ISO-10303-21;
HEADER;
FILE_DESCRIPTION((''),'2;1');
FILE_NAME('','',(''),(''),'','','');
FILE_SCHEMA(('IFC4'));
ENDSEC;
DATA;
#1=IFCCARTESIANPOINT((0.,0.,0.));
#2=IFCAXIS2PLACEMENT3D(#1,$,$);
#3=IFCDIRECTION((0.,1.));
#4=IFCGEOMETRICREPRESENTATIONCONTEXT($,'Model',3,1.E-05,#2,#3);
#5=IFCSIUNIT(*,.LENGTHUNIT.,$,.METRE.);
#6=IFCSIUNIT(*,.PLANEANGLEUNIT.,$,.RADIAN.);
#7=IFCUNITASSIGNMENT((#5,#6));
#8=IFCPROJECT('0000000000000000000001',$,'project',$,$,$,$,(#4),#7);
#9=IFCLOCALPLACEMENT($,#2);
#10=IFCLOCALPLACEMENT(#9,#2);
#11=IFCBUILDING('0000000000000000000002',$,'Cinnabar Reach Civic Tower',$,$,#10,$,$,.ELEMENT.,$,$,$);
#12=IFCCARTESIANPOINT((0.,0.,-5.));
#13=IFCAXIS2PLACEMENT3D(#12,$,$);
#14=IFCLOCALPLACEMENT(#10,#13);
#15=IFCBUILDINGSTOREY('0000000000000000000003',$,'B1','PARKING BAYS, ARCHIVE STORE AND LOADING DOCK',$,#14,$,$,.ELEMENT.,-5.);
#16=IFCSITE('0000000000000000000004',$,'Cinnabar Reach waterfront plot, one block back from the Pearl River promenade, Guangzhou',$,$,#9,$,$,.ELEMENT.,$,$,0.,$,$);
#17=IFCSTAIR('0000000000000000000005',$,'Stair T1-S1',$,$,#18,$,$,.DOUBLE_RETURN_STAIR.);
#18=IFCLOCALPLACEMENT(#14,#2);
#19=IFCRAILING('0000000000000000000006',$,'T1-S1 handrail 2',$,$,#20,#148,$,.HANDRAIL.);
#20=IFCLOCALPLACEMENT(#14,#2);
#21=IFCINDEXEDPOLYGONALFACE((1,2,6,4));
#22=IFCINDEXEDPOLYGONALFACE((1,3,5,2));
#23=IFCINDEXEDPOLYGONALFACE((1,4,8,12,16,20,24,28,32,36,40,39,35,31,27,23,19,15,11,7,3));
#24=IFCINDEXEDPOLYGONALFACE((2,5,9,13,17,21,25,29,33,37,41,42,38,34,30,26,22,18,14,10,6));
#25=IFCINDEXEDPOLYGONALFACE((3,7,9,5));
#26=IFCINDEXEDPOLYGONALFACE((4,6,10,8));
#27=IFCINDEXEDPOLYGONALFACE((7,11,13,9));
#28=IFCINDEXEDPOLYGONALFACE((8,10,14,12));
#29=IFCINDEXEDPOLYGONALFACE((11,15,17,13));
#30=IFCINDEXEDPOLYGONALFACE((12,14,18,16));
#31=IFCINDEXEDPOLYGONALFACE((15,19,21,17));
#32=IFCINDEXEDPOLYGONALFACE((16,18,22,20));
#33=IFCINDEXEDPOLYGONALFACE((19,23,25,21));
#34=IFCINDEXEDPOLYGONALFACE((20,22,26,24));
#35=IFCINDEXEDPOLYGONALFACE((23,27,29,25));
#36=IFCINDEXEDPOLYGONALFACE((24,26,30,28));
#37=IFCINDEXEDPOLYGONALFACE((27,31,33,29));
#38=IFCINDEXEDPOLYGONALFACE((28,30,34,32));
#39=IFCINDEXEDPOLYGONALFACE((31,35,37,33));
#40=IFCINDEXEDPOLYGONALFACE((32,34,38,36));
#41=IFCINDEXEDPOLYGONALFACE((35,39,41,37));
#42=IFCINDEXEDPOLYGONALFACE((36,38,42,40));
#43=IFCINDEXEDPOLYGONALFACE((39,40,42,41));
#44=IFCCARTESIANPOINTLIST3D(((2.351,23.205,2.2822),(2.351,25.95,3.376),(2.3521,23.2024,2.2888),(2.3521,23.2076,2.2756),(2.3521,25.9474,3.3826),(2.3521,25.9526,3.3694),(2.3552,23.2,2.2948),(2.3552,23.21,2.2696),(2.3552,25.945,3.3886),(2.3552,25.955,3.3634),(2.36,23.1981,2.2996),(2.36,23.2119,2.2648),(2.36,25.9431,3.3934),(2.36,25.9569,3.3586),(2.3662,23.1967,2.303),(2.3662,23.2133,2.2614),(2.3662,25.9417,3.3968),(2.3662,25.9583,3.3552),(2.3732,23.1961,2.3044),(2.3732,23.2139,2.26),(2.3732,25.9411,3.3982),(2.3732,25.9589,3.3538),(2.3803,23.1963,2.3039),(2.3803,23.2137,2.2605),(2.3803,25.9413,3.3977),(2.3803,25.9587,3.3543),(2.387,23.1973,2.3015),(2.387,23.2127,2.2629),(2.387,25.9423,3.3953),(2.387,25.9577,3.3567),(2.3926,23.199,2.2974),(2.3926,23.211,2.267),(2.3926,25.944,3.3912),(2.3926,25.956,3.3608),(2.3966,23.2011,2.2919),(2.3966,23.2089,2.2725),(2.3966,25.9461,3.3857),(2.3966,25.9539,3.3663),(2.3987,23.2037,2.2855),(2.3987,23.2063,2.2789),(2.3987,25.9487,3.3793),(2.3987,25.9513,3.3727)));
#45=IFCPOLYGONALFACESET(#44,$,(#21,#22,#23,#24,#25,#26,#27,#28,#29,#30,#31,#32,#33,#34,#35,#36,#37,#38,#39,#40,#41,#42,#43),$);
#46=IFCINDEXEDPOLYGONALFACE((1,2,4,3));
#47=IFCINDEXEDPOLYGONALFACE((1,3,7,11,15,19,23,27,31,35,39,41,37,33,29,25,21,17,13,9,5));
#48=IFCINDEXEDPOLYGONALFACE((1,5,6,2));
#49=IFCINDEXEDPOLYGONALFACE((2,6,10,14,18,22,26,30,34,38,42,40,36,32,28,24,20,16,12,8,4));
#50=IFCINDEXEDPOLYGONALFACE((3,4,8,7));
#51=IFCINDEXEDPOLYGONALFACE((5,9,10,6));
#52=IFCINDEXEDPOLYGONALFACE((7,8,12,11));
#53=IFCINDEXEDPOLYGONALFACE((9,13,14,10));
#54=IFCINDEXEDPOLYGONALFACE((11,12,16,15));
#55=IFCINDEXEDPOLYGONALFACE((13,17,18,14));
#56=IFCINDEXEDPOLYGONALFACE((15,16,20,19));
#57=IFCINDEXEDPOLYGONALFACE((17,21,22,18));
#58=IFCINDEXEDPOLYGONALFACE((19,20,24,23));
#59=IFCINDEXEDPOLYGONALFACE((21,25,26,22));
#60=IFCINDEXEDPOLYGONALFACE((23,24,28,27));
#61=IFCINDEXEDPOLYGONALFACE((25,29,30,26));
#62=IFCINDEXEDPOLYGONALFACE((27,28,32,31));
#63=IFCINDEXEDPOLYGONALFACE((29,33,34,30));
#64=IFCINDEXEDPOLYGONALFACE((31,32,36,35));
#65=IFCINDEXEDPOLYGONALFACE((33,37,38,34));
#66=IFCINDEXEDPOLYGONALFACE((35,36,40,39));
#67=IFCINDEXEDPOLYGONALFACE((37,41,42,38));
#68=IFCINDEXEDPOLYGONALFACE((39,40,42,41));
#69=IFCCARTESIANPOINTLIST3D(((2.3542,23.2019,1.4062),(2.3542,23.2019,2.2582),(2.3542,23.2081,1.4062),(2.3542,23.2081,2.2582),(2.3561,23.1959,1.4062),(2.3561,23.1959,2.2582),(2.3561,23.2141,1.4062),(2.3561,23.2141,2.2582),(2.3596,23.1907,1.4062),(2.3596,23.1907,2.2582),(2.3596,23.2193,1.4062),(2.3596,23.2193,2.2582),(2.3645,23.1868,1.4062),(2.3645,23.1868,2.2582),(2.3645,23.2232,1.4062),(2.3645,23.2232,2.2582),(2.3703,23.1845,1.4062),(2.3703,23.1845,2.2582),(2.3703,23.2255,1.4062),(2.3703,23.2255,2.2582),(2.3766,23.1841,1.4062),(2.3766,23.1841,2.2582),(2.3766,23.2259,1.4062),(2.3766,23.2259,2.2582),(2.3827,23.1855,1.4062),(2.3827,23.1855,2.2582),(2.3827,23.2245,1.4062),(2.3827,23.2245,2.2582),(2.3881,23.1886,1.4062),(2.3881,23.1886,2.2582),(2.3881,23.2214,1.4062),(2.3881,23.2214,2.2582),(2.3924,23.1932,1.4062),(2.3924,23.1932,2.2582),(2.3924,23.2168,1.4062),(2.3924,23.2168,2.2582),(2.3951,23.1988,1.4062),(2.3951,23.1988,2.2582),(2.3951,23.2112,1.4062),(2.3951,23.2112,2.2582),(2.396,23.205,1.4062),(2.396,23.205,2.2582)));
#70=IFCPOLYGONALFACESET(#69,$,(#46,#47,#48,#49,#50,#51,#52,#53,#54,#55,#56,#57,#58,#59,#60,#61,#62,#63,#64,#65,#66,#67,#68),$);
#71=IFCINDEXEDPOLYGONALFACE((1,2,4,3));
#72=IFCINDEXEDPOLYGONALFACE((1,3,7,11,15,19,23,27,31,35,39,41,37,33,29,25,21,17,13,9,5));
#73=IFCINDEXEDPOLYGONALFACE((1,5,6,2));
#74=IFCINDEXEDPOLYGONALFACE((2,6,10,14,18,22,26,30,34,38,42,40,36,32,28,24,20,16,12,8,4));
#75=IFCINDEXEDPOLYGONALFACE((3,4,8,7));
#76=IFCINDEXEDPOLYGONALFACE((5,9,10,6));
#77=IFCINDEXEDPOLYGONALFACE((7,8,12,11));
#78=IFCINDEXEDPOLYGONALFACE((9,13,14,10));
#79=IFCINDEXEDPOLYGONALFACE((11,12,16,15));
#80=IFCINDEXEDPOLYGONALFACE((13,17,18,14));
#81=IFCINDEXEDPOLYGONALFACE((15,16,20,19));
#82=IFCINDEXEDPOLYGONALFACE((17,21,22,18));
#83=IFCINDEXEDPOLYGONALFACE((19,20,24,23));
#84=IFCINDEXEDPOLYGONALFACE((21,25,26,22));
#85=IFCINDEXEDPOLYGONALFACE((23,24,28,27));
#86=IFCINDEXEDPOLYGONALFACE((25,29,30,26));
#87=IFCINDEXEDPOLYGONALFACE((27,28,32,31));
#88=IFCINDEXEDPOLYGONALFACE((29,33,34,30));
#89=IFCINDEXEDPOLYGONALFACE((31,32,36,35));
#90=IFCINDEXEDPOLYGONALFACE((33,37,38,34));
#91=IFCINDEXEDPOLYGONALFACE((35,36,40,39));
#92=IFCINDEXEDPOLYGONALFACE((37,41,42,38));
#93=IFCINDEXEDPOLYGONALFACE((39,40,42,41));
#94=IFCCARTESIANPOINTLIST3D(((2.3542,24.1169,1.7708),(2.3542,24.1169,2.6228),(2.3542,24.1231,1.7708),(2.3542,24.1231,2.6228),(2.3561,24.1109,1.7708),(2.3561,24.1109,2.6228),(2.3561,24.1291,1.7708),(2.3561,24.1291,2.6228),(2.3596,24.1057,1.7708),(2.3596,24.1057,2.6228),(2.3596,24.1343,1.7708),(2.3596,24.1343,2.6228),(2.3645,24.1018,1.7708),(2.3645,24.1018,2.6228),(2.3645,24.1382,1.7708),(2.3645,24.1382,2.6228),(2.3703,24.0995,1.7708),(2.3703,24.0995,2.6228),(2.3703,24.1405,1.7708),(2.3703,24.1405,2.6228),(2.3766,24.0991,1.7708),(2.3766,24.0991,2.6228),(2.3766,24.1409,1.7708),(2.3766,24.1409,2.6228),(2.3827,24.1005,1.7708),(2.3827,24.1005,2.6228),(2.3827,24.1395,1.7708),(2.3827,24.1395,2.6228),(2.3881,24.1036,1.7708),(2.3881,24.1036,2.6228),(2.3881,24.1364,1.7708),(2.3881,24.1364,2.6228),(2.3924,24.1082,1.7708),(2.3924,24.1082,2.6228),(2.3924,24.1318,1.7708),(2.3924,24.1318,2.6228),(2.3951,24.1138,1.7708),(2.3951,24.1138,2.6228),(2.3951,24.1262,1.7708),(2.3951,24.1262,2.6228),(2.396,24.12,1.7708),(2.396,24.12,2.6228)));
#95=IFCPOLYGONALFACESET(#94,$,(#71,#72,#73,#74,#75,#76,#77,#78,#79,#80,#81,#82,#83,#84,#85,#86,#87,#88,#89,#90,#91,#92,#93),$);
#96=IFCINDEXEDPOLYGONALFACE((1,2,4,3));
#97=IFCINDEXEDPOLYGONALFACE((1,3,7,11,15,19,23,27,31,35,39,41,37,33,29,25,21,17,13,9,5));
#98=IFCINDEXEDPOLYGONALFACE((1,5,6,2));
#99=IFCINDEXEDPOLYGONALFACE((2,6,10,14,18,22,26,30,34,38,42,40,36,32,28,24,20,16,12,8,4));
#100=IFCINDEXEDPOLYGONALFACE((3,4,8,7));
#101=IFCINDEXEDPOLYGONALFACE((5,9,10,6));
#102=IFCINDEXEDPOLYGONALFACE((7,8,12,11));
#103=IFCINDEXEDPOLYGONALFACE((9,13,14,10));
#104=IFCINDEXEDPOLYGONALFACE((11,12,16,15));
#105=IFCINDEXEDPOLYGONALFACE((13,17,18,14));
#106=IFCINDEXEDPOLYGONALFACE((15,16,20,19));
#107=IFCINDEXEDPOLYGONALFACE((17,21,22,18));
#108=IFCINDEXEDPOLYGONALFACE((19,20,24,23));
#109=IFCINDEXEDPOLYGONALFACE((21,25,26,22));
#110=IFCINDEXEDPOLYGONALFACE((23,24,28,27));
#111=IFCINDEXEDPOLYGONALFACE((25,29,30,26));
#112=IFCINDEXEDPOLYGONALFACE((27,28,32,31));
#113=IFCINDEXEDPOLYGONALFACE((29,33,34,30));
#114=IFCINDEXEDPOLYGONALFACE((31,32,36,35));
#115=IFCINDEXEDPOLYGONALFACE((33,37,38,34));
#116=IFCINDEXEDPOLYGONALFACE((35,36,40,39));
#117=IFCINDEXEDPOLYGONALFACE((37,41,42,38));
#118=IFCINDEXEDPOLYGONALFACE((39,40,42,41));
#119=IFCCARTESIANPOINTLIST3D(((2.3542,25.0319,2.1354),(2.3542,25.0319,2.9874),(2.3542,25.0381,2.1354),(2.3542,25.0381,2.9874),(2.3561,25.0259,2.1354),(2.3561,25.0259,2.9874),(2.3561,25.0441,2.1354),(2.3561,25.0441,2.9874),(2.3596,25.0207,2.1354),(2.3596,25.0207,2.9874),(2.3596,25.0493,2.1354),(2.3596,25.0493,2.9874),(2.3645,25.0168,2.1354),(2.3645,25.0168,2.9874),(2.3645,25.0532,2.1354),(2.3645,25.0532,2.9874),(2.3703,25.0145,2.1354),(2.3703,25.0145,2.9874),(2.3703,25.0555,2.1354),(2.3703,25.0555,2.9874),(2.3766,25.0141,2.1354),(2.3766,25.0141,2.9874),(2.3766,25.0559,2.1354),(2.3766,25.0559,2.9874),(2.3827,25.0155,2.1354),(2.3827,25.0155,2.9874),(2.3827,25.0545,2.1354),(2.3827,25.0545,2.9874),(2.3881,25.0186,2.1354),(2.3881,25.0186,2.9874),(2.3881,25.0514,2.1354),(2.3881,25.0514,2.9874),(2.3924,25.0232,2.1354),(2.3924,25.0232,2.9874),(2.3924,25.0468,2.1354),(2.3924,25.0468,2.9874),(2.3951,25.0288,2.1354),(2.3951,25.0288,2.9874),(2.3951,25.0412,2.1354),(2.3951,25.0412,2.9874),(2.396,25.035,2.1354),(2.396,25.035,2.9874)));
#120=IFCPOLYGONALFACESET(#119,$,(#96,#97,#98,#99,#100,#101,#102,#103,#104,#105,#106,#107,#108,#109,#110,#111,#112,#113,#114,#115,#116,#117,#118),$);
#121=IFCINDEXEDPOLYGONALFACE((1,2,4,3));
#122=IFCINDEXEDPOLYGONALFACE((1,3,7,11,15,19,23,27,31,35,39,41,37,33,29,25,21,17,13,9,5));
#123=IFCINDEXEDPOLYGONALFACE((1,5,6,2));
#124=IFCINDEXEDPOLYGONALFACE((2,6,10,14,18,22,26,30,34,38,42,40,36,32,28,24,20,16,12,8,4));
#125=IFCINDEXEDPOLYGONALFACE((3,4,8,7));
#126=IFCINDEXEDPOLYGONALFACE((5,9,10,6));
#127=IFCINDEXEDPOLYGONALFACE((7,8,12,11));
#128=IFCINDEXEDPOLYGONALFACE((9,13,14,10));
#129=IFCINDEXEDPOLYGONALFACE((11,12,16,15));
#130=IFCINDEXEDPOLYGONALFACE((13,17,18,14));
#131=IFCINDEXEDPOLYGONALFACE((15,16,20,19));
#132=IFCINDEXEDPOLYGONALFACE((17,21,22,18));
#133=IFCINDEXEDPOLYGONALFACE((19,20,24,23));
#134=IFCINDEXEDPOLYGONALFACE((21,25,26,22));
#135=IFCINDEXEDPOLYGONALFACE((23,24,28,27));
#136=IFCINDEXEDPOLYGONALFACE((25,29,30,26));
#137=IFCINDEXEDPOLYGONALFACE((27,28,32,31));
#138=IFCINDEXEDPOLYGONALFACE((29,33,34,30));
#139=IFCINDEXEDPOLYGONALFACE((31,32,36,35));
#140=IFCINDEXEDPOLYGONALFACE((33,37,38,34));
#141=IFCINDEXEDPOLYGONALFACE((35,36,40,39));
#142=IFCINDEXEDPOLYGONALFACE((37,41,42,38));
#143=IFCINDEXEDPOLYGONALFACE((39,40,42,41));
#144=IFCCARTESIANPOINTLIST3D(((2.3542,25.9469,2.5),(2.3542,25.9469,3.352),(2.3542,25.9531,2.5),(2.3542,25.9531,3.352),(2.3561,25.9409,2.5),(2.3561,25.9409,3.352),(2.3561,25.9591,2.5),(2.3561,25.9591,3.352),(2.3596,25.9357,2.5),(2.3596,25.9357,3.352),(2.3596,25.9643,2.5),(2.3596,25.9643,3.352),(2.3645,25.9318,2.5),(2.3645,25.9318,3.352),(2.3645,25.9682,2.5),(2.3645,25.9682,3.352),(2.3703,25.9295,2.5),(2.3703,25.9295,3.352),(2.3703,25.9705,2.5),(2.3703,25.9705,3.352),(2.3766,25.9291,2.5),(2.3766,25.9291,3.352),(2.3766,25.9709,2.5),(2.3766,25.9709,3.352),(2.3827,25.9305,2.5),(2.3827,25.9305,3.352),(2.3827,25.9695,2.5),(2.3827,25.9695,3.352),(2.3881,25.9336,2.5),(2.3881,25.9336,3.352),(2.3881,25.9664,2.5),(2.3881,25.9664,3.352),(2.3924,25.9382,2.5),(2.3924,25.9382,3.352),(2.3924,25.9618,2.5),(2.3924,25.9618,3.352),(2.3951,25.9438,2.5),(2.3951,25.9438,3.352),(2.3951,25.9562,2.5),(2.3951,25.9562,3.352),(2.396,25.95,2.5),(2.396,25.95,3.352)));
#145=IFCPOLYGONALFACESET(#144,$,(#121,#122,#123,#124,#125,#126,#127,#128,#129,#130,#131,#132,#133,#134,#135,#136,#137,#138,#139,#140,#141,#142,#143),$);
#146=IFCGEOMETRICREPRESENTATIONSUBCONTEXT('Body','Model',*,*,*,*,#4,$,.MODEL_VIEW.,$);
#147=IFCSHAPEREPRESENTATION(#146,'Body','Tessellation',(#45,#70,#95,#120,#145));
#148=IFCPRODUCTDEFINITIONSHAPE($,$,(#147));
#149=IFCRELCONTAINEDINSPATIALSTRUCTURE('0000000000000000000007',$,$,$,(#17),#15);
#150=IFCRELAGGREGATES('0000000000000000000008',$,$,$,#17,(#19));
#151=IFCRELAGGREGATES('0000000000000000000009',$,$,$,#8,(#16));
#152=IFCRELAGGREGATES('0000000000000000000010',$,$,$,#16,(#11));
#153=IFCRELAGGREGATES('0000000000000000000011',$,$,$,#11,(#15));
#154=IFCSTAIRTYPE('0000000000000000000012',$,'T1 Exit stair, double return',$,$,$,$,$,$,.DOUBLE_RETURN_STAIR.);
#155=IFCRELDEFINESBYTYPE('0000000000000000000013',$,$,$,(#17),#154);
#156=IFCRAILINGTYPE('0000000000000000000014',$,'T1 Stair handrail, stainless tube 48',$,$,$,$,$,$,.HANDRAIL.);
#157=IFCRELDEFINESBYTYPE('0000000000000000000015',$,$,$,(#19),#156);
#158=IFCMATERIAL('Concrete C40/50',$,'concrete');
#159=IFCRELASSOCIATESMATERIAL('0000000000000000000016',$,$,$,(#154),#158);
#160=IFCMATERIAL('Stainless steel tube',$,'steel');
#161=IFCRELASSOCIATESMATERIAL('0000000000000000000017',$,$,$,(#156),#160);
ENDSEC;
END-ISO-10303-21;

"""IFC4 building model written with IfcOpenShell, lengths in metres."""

from ifc_helpers import new_model, si_unit, direction, frame, origin, origin_2d, place, context, subcontext, project, spatial, circle, extrude, material, type_object, element, aggregate, save


model = new_model("IFC4")

# Units and contexts
model_context = context("Model", 3, precision=1e-05, world=origin(), true_north=direction((0.0, 1.0)))
body_context = subcontext(model_context, "Body", "Model", "MODEL_VIEW")
ifc_project = project(units=[si_unit("LENGTHUNIT", "METRE"), si_unit("PLANEANGLEUNIT", "RADIAN")], contexts=[model_context])

# Site, building, storey
site_placement = place(None, origin())
site = spatial("IfcSite", under=ifc_project, at=site_placement, Name="Cinnabar Reach waterfront plot, one block back from the Pearl River promenade, Guangzhou", CompositionType="ELEMENT", RefElevation=0.0)
building_placement = place(site_placement, origin())
building = spatial("IfcBuilding", under=site, at=building_placement, Name="Cinnabar Reach Civic Tower", CompositionType="ELEMENT")
storey_placement = place(building_placement, frame((0.0, 0.0, -5.0)))
storey = spatial("IfcBuildingStorey", under=building, at=storey_placement, Name="B1", Description="PARKING BAYS, ARCHIVE STORE AND LOADING DOCK", CompositionType="ELEMENT", Elevation=-5.0)

# Shared definitions
ifc_material_1 = material(Name="Concrete C40/50", Category="concrete")

# Stair, railing
stair_type = type_object("IfcStairType", Name="T1 Exit stair, double return", PredefinedType="DOUBLE_RETURN_STAIR", material=ifc_material_1)
stair_placement = place(storey_placement, origin())
stair = element("IfcStair", 1, at=stair_placement, inside=storey, type_object=stair_type, Name="Stair T1-S1", PredefinedType="DOUBLE_RETURN_STAIR")
ifc_material_2 = material(Name="Stainless steel tube", Category="steel")
railing_type = type_object("IfcRailingType", Name="T1 Stair handrail, stainless tube 48", PredefinedType="HANDRAIL", material=ifc_material_2)
railing_1_placement = place(storey_placement, frame((2.375, 23.205, 1.4062)))
railing_1 = element("IfcRailing", 2, at=railing_1_placement, type_object=railing_type, Name="T1-S1 handrail 2", PredefinedType="HANDRAIL", context=body_context, shape_type="SweptSolid", body=[
    extrude(circle(Radius=0.024, at=origin_2d()), frame((0.0, 0.0, 0.876), z_axis=(0.0, 0.928966, 0.370165), x_axis=(-1.0, 0.0, 0.0)), (0.0, 0.0, 1.0), 2.9549),
    extrude(circle(Radius=0.021, at=origin_2d()), origin(), (0.0, 0.0, 1.0), 0.852),
    extrude(circle(Radius=0.021, at=origin_2d()), frame((0.0, 0.915, 0.3646)), (0.0, 0.0, 1.0), 0.852),
    extrude(circle(Radius=0.021, at=origin_2d()), frame((0.0, 1.83, 0.7292)), (0.0, 0.0, 1.0), 0.852),
    extrude(circle(Radius=0.021, at=origin_2d()), frame((0.0, 2.745, 1.0938)), (0.0, 0.0, 1.0), 0.852),
])
aggregate(stair, [railing_1])

save(model, "model.ifc")
